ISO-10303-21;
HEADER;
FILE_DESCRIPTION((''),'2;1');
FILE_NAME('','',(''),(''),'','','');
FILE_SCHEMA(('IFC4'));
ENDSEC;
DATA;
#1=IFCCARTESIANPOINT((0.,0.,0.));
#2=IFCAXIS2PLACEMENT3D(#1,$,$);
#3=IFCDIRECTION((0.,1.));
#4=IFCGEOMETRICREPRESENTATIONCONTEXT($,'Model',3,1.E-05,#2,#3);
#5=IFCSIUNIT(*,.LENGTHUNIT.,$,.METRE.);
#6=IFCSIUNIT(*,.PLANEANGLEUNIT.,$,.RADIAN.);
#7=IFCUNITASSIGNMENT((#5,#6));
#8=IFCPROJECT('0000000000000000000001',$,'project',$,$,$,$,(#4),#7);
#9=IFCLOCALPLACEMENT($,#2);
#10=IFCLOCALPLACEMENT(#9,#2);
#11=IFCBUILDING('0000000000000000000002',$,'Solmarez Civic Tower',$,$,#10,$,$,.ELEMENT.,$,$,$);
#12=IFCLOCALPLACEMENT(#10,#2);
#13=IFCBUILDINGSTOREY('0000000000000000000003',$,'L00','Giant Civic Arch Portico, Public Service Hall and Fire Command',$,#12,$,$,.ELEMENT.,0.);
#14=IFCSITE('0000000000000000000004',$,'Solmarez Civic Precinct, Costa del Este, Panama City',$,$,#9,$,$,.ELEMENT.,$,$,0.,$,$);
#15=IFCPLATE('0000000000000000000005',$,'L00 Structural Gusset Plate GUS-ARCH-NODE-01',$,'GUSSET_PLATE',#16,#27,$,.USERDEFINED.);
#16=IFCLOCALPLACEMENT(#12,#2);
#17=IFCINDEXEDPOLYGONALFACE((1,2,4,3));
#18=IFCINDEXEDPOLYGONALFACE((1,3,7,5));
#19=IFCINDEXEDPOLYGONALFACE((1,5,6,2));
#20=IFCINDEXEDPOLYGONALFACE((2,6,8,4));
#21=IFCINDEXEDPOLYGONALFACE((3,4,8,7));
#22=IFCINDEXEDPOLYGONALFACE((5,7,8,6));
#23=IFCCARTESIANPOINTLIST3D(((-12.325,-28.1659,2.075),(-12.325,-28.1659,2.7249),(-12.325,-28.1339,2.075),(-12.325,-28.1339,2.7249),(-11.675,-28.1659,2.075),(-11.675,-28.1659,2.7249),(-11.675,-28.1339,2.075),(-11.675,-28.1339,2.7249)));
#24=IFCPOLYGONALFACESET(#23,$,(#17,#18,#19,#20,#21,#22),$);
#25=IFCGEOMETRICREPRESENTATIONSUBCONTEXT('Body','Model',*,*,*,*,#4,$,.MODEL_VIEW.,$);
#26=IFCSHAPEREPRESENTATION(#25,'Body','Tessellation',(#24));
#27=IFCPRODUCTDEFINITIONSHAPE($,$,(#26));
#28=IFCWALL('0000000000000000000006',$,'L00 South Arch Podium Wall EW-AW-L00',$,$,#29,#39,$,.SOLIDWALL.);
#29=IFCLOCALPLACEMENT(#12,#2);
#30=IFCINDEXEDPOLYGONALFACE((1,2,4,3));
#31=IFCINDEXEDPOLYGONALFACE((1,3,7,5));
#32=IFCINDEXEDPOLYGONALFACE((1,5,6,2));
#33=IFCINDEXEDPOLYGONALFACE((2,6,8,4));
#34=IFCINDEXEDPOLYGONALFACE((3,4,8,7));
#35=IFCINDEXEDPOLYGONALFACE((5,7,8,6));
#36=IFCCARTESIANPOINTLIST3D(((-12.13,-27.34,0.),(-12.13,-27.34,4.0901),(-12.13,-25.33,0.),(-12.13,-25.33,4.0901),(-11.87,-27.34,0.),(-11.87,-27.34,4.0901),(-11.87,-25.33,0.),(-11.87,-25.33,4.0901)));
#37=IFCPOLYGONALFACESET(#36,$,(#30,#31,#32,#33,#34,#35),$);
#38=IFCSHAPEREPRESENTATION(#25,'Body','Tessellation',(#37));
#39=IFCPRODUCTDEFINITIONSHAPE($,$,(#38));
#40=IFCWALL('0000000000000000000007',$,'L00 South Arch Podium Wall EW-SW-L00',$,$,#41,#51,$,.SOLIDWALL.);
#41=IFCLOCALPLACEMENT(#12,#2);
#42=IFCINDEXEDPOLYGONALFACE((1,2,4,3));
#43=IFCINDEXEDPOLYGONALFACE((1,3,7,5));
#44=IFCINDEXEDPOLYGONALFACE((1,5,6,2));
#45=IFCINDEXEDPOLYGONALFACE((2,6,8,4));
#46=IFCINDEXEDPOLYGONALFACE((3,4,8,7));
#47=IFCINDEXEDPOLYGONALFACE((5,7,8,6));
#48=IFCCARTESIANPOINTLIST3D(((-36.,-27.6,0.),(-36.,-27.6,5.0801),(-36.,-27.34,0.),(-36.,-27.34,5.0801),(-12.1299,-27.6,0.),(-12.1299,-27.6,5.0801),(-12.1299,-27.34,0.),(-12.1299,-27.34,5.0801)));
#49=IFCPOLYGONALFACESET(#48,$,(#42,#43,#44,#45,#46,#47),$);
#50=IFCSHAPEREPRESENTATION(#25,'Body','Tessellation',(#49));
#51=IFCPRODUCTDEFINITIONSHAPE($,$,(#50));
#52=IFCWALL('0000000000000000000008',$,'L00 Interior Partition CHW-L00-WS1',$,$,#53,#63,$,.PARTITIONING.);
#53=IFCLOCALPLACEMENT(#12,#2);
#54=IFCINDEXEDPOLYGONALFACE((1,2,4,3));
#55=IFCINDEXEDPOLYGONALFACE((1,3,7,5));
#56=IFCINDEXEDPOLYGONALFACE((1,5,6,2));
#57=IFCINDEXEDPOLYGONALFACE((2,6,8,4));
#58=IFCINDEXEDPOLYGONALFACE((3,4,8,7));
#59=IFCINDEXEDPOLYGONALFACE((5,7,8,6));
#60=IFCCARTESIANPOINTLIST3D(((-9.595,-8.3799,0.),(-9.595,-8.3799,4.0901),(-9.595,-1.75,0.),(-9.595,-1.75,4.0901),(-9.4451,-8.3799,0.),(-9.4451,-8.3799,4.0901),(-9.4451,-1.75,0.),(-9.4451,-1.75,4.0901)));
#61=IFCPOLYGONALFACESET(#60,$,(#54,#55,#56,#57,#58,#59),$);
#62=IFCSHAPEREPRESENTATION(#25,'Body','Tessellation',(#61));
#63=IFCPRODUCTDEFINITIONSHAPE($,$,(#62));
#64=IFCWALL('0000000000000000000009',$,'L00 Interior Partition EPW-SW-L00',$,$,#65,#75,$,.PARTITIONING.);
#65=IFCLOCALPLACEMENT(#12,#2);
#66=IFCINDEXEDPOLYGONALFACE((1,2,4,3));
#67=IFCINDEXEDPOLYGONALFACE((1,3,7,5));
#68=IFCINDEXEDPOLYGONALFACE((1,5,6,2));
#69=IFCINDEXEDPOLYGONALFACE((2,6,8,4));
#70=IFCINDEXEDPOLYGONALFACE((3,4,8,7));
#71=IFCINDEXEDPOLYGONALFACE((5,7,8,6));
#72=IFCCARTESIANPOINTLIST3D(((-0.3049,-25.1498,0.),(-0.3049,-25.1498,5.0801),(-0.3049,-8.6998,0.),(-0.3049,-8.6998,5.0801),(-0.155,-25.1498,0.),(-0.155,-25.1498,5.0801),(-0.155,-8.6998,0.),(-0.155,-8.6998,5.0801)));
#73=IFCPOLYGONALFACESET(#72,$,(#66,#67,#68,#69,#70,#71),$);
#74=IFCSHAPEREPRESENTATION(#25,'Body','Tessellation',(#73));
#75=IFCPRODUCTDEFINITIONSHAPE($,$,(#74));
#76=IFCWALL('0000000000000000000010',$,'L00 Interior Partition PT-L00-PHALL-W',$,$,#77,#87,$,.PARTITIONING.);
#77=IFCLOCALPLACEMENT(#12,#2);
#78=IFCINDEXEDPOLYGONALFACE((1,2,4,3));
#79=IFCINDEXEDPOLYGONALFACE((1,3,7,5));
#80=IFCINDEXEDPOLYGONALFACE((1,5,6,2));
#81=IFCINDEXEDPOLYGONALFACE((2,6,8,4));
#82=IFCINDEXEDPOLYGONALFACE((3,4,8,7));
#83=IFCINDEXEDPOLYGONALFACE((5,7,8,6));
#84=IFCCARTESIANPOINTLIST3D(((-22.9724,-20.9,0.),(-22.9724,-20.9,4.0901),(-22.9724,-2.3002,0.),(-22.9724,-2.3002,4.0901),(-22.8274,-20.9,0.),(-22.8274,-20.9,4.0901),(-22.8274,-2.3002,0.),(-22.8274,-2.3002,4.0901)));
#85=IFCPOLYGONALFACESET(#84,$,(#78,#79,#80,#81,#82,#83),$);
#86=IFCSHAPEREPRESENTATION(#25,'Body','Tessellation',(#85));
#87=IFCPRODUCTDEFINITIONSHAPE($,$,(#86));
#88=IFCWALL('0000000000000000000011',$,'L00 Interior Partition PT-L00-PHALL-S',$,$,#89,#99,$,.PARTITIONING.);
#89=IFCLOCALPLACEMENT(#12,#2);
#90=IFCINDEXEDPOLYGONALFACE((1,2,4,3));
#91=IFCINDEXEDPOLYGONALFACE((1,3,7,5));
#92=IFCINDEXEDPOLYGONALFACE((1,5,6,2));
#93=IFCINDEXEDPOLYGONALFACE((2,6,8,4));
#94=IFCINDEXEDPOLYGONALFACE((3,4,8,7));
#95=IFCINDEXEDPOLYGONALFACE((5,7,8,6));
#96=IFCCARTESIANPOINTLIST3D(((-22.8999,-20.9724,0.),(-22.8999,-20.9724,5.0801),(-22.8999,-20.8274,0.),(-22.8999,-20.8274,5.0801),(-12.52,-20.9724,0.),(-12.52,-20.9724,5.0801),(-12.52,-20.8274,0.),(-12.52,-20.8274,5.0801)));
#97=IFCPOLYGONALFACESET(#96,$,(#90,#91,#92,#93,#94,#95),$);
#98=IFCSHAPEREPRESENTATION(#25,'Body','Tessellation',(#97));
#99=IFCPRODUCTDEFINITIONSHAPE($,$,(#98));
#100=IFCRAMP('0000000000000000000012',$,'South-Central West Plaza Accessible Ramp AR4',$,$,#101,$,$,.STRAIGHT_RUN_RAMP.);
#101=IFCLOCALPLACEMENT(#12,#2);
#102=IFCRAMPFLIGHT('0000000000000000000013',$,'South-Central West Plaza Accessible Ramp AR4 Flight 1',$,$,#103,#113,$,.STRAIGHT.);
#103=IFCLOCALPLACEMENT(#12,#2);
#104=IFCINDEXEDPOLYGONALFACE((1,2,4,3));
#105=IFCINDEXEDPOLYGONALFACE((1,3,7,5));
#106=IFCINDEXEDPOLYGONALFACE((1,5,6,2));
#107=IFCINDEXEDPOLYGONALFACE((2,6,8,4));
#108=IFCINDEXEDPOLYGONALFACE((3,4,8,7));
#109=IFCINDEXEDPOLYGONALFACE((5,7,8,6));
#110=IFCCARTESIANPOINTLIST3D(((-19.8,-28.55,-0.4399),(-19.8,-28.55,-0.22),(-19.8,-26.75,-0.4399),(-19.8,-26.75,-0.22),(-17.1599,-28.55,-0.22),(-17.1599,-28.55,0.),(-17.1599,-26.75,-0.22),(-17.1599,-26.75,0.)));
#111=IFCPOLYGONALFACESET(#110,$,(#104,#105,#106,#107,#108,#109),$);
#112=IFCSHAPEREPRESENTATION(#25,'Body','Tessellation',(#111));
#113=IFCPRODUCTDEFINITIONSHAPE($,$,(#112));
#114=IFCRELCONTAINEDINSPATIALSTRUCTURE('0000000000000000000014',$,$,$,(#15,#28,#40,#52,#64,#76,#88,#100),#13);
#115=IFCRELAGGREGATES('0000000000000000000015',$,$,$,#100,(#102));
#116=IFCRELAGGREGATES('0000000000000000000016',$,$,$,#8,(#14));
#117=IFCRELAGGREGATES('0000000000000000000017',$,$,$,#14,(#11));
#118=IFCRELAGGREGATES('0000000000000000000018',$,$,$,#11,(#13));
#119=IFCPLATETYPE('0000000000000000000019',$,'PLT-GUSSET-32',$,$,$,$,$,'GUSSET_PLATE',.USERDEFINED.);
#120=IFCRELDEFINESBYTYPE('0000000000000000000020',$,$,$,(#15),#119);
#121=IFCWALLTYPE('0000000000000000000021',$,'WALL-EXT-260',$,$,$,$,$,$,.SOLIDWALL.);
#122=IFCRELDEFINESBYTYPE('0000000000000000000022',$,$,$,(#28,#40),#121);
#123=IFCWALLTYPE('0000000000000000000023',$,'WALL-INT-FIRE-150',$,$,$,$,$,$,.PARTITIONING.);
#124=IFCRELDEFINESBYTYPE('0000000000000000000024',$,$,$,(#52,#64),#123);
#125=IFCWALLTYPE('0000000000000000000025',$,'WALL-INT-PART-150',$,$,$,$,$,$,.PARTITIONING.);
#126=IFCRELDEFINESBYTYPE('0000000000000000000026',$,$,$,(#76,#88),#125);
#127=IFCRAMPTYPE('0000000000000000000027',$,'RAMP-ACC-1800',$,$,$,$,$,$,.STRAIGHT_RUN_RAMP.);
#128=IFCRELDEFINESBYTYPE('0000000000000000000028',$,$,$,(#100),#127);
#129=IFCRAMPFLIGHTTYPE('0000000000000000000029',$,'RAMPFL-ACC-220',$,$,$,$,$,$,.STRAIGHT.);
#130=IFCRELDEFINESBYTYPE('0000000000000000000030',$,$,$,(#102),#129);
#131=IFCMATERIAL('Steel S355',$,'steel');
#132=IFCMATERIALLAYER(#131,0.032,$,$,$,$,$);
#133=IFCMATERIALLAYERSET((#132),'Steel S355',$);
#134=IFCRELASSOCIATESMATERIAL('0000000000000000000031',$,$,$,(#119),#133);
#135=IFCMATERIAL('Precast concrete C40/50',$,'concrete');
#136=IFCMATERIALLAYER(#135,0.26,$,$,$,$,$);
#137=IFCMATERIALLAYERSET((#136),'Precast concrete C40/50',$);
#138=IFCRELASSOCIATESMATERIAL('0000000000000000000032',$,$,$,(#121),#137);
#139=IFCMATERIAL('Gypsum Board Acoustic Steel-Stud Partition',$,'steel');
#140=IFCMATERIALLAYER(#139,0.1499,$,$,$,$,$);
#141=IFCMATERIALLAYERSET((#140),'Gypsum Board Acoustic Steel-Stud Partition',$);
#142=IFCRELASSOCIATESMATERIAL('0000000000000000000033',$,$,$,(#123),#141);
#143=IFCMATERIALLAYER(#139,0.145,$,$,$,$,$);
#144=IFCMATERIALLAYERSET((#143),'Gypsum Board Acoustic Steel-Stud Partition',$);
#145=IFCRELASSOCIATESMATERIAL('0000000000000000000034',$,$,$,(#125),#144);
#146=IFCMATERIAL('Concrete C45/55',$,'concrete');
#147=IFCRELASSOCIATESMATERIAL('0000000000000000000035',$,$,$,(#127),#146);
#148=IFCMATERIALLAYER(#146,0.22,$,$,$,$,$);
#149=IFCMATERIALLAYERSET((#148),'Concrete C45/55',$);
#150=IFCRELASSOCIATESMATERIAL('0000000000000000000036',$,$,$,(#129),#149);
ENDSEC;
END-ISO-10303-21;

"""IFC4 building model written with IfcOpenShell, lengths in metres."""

from ifc_helpers import new_model, si_unit, direction, frame, frame_2d, origin, origin_2d, place, context, subcontext, project, spatial, polyline, rectangle, outline, extrude, material, layer, layer_set, type_object, element, aggregate, save


model = new_model("IFC4")

# Units and contexts
model_context = context("Model", 3, precision=1e-05, world=origin(), true_north=direction((0.0, 1.0)))
body_context = subcontext(model_context, "Body", "Model", "MODEL_VIEW")
ifc_project = project(units=[si_unit("LENGTHUNIT", "METRE"), si_unit("PLANEANGLEUNIT", "RADIAN")], contexts=[model_context])

# Site, building, storey
site_placement = place(None, origin())
site = spatial("IfcSite", under=ifc_project, at=site_placement, Name="Solmarez Civic Precinct, Costa del Este, Panama City", CompositionType="ELEMENT", RefElevation=0.0)
building_placement = place(site_placement, origin())
building = spatial("IfcBuilding", under=site, at=building_placement, Name="Solmarez Civic Tower", CompositionType="ELEMENT")
storey_placement = place(building_placement, origin())
storey = spatial("IfcBuildingStorey", under=building, at=storey_placement, Name="L00", Description="Giant Civic Arch Portico, Public Service Hall and Fire Command", CompositionType="ELEMENT", Elevation=0.0)

# Shared definitions
ifc_material_1 = material(Name="Steel S355", Category="steel")

# Plate
ifc_layer_1 = layer(ifc_material_1, 0.032)
ifc_layer_set_1 = layer_set([ifc_layer_1], Name="Steel S355")
plate_type_1 = type_object("IfcPlateType", Name="PLT-GUSSET-32", ElementType="GUSSET_PLATE", PredefinedType="USERDEFINED", material=ifc_layer_set_1)
plate_1_placement = place(storey_placement, frame((-12.0, -28.1499, 2.075), z_axis=(0.0, 0.0, 1.0), x_axis=(1.0, 0.0, 0.0)))
element("IfcPlate", 1, at=plate_1_placement, inside=storey, type_object=plate_type_1, Name="L00 Structural Gusset Plate GUS-ARCH-NODE-01", ObjectType="GUSSET_PLATE", PredefinedType="USERDEFINED", context=body_context, shape_type="SweptSolid", body=[
    extrude(rectangle(XDim=0.6499, YDim=0.032, at=origin_2d()), origin(), (0.0, 0.0, 1.0), 0.6499),
])

# Walls
ifc_material_2 = material(Name="Precast concrete C40/50", Category="concrete")
ifc_layer_2 = layer(ifc_material_2, 0.26)
ifc_layer_set_2 = layer_set([ifc_layer_2], Name="Precast concrete C40/50")
wall_type_1 = type_object("IfcWallType", Name="WALL-EXT-260", PredefinedType="SOLIDWALL", material=ifc_layer_set_2)
wall_1_placement = place(storey_placement, frame((-12.0, -25.3301, 0.0), z_axis=(0.0, 0.0, 1.0), x_axis=(0.0, -1.0, 0.0)))
element("IfcWall", 2, at=wall_1_placement, inside=storey, type_object=wall_type_1, Name="L00 South Arch Podium Wall EW-AW-L00", PredefinedType="SOLIDWALL", context=body_context, shape_type="SweptSolid", body=[
    extrude(rectangle(XDim=2.01, YDim=0.26, at=frame_2d((1.0049, 0.0))), origin(), (0.0, 0.0, 1.0), 4.0901),
])
wall_2_placement = place(storey_placement, frame((-12.1299, -27.47, 0.0), z_axis=(0.0, 0.0, 1.0), x_axis=(-1.0, 0.0, 0.0)))
element("IfcWall", 3, at=wall_2_placement, inside=storey, type_object=wall_type_1, Name="L00 South Arch Podium Wall EW-SW-L00", PredefinedType="SOLIDWALL", context=body_context, shape_type="SweptSolid", body=[
    extrude(rectangle(XDim=23.8701, YDim=0.26, at=frame_2d((11.9351, 0.0))), origin(), (0.0, 0.0, 1.0), 5.0801),
])
ifc_material_3 = material(Name="Gypsum Board Acoustic Steel-Stud Partition", Category="steel")
ifc_layer_3 = layer(ifc_material_3, 0.1499)
ifc_layer_set_3 = layer_set([ifc_layer_3], Name="Gypsum Board Acoustic Steel-Stud Partition")
wall_type_2 = type_object("IfcWallType", Name="WALL-INT-FIRE-150", PredefinedType="PARTITIONING", material=ifc_layer_set_3)
wall_3_placement = place(storey_placement, frame((-9.52, -8.3799, 0.0), z_axis=(0.0, 0.0, 1.0), x_axis=(0.0, 1.0, 0.0)))
element("IfcWall", 4, at=wall_3_placement, inside=storey, type_object=wall_type_2, Name="L00 Interior Partition CHW-L00-WS1", PredefinedType="PARTITIONING", context=body_context, shape_type="SweptSolid", body=[
    extrude(rectangle(XDim=6.6299, YDim=0.1499, at=frame_2d((3.3149, 0.0))), origin(), (0.0, 0.0, 1.0), 4.0901),
])
wall_4_placement = place(storey_placement, frame((-0.23, -25.1499, 0.0), z_axis=(0.0, 0.0, 1.0), x_axis=(0.0, 1.0, 0.0)))
element("IfcWall", 5, at=wall_4_placement, inside=storey, type_object=wall_type_2, Name="L00 Interior Partition EPW-SW-L00", PredefinedType="PARTITIONING", context=body_context, shape_type="SweptSolid", body=[
    extrude(rectangle(XDim=16.45, YDim=0.1499, at=frame_2d((8.2251, 0.0))), origin(), (0.0, 0.0, 1.0), 5.0801),
])
ifc_layer_4 = layer(ifc_material_3, 0.145)
ifc_layer_set_4 = layer_set([ifc_layer_4], Name="Gypsum Board Acoustic Steel-Stud Partition")
wall_type_3 = type_object("IfcWallType", Name="WALL-INT-PART-150", PredefinedType="PARTITIONING", material=ifc_layer_set_4)
wall_5_placement = place(storey_placement, frame((-22.8999, -20.8999, 0.0), z_axis=(0.0, 0.0, 1.0), x_axis=(0.0, 1.0, 0.0)))
element("IfcWall", 6, at=wall_5_placement, inside=storey, type_object=wall_type_3, Name="L00 Interior Partition PT-L00-PHALL-W", PredefinedType="PARTITIONING", context=body_context, shape_type="SweptSolid", body=[
    extrude(rectangle(XDim=18.5999, YDim=0.145, at=frame_2d((9.2998, 0.0))), origin(), (0.0, 0.0, 1.0), 4.0901),
])
wall_6_placement = place(storey_placement, frame((-22.8999, -20.8999, 0.0), z_axis=(0.0, 0.0, 1.0), x_axis=(1.0, 0.0, 0.0)))
element("IfcWall", 7, at=wall_6_placement, inside=storey, type_object=wall_type_3, Name="L00 Interior Partition PT-L00-PHALL-S", PredefinedType="PARTITIONING", context=body_context, shape_type="SweptSolid", body=[
    extrude(rectangle(XDim=10.3799, YDim=0.145, at=frame_2d((5.1899, 0.0))), origin(), (0.0, 0.0, 1.0), 5.0801),
])

# Ramp, ramp flight
ifc_material_4 = material(Name="Concrete C45/55", Category="concrete")
ramp_type = type_object("IfcRampType", Name="RAMP-ACC-1800", PredefinedType="STRAIGHT_RUN_RAMP", material=ifc_material_4)
ramp_placement = place(storey_placement, origin())
ramp = element("IfcRamp", 8, at=ramp_placement, inside=storey, type_object=ramp_type, Name="South-Central West Plaza Accessible Ramp AR4", PredefinedType="STRAIGHT_RUN_RAMP")
ifc_layer_5 = layer(ifc_material_4, 0.22)
ifc_layer_set_5 = layer_set([ifc_layer_5], Name="Concrete C45/55")
ramp_flight_type = type_object("IfcRampFlightType", Name="RAMPFL-ACC-220", PredefinedType="STRAIGHT", material=ifc_layer_set_5)
ramp_flight_placement = place(storey_placement, frame((-19.8, -27.6499, -0.22), z_axis=(0.0, 0.0, 1.0), x_axis=(1.0, 0.0, 0.0)))
ramp_flight = element("IfcRampFlight", 9, at=ramp_flight_placement, type_object=ramp_flight_type, Name="South-Central West Plaza Accessible Ramp AR4 Flight 1", PredefinedType="STRAIGHT", context=body_context, shape_type="SweptSolid", body=[
    extrude(outline(polyline([(0.0, 0.0), (2.6401, 0.22), (2.6401, 0.0), (0.0, -0.22), (0.0, 0.0)])), frame((0.0, 0.8999, 0.0), z_axis=(0.0, -1.0, 0.0), x_axis=(1.0, 0.0, 0.0)), (0.0, 0.0, 1.0), 1.8),
])
aggregate(ramp, [ramp_flight])

save(model, "model.ifc")
